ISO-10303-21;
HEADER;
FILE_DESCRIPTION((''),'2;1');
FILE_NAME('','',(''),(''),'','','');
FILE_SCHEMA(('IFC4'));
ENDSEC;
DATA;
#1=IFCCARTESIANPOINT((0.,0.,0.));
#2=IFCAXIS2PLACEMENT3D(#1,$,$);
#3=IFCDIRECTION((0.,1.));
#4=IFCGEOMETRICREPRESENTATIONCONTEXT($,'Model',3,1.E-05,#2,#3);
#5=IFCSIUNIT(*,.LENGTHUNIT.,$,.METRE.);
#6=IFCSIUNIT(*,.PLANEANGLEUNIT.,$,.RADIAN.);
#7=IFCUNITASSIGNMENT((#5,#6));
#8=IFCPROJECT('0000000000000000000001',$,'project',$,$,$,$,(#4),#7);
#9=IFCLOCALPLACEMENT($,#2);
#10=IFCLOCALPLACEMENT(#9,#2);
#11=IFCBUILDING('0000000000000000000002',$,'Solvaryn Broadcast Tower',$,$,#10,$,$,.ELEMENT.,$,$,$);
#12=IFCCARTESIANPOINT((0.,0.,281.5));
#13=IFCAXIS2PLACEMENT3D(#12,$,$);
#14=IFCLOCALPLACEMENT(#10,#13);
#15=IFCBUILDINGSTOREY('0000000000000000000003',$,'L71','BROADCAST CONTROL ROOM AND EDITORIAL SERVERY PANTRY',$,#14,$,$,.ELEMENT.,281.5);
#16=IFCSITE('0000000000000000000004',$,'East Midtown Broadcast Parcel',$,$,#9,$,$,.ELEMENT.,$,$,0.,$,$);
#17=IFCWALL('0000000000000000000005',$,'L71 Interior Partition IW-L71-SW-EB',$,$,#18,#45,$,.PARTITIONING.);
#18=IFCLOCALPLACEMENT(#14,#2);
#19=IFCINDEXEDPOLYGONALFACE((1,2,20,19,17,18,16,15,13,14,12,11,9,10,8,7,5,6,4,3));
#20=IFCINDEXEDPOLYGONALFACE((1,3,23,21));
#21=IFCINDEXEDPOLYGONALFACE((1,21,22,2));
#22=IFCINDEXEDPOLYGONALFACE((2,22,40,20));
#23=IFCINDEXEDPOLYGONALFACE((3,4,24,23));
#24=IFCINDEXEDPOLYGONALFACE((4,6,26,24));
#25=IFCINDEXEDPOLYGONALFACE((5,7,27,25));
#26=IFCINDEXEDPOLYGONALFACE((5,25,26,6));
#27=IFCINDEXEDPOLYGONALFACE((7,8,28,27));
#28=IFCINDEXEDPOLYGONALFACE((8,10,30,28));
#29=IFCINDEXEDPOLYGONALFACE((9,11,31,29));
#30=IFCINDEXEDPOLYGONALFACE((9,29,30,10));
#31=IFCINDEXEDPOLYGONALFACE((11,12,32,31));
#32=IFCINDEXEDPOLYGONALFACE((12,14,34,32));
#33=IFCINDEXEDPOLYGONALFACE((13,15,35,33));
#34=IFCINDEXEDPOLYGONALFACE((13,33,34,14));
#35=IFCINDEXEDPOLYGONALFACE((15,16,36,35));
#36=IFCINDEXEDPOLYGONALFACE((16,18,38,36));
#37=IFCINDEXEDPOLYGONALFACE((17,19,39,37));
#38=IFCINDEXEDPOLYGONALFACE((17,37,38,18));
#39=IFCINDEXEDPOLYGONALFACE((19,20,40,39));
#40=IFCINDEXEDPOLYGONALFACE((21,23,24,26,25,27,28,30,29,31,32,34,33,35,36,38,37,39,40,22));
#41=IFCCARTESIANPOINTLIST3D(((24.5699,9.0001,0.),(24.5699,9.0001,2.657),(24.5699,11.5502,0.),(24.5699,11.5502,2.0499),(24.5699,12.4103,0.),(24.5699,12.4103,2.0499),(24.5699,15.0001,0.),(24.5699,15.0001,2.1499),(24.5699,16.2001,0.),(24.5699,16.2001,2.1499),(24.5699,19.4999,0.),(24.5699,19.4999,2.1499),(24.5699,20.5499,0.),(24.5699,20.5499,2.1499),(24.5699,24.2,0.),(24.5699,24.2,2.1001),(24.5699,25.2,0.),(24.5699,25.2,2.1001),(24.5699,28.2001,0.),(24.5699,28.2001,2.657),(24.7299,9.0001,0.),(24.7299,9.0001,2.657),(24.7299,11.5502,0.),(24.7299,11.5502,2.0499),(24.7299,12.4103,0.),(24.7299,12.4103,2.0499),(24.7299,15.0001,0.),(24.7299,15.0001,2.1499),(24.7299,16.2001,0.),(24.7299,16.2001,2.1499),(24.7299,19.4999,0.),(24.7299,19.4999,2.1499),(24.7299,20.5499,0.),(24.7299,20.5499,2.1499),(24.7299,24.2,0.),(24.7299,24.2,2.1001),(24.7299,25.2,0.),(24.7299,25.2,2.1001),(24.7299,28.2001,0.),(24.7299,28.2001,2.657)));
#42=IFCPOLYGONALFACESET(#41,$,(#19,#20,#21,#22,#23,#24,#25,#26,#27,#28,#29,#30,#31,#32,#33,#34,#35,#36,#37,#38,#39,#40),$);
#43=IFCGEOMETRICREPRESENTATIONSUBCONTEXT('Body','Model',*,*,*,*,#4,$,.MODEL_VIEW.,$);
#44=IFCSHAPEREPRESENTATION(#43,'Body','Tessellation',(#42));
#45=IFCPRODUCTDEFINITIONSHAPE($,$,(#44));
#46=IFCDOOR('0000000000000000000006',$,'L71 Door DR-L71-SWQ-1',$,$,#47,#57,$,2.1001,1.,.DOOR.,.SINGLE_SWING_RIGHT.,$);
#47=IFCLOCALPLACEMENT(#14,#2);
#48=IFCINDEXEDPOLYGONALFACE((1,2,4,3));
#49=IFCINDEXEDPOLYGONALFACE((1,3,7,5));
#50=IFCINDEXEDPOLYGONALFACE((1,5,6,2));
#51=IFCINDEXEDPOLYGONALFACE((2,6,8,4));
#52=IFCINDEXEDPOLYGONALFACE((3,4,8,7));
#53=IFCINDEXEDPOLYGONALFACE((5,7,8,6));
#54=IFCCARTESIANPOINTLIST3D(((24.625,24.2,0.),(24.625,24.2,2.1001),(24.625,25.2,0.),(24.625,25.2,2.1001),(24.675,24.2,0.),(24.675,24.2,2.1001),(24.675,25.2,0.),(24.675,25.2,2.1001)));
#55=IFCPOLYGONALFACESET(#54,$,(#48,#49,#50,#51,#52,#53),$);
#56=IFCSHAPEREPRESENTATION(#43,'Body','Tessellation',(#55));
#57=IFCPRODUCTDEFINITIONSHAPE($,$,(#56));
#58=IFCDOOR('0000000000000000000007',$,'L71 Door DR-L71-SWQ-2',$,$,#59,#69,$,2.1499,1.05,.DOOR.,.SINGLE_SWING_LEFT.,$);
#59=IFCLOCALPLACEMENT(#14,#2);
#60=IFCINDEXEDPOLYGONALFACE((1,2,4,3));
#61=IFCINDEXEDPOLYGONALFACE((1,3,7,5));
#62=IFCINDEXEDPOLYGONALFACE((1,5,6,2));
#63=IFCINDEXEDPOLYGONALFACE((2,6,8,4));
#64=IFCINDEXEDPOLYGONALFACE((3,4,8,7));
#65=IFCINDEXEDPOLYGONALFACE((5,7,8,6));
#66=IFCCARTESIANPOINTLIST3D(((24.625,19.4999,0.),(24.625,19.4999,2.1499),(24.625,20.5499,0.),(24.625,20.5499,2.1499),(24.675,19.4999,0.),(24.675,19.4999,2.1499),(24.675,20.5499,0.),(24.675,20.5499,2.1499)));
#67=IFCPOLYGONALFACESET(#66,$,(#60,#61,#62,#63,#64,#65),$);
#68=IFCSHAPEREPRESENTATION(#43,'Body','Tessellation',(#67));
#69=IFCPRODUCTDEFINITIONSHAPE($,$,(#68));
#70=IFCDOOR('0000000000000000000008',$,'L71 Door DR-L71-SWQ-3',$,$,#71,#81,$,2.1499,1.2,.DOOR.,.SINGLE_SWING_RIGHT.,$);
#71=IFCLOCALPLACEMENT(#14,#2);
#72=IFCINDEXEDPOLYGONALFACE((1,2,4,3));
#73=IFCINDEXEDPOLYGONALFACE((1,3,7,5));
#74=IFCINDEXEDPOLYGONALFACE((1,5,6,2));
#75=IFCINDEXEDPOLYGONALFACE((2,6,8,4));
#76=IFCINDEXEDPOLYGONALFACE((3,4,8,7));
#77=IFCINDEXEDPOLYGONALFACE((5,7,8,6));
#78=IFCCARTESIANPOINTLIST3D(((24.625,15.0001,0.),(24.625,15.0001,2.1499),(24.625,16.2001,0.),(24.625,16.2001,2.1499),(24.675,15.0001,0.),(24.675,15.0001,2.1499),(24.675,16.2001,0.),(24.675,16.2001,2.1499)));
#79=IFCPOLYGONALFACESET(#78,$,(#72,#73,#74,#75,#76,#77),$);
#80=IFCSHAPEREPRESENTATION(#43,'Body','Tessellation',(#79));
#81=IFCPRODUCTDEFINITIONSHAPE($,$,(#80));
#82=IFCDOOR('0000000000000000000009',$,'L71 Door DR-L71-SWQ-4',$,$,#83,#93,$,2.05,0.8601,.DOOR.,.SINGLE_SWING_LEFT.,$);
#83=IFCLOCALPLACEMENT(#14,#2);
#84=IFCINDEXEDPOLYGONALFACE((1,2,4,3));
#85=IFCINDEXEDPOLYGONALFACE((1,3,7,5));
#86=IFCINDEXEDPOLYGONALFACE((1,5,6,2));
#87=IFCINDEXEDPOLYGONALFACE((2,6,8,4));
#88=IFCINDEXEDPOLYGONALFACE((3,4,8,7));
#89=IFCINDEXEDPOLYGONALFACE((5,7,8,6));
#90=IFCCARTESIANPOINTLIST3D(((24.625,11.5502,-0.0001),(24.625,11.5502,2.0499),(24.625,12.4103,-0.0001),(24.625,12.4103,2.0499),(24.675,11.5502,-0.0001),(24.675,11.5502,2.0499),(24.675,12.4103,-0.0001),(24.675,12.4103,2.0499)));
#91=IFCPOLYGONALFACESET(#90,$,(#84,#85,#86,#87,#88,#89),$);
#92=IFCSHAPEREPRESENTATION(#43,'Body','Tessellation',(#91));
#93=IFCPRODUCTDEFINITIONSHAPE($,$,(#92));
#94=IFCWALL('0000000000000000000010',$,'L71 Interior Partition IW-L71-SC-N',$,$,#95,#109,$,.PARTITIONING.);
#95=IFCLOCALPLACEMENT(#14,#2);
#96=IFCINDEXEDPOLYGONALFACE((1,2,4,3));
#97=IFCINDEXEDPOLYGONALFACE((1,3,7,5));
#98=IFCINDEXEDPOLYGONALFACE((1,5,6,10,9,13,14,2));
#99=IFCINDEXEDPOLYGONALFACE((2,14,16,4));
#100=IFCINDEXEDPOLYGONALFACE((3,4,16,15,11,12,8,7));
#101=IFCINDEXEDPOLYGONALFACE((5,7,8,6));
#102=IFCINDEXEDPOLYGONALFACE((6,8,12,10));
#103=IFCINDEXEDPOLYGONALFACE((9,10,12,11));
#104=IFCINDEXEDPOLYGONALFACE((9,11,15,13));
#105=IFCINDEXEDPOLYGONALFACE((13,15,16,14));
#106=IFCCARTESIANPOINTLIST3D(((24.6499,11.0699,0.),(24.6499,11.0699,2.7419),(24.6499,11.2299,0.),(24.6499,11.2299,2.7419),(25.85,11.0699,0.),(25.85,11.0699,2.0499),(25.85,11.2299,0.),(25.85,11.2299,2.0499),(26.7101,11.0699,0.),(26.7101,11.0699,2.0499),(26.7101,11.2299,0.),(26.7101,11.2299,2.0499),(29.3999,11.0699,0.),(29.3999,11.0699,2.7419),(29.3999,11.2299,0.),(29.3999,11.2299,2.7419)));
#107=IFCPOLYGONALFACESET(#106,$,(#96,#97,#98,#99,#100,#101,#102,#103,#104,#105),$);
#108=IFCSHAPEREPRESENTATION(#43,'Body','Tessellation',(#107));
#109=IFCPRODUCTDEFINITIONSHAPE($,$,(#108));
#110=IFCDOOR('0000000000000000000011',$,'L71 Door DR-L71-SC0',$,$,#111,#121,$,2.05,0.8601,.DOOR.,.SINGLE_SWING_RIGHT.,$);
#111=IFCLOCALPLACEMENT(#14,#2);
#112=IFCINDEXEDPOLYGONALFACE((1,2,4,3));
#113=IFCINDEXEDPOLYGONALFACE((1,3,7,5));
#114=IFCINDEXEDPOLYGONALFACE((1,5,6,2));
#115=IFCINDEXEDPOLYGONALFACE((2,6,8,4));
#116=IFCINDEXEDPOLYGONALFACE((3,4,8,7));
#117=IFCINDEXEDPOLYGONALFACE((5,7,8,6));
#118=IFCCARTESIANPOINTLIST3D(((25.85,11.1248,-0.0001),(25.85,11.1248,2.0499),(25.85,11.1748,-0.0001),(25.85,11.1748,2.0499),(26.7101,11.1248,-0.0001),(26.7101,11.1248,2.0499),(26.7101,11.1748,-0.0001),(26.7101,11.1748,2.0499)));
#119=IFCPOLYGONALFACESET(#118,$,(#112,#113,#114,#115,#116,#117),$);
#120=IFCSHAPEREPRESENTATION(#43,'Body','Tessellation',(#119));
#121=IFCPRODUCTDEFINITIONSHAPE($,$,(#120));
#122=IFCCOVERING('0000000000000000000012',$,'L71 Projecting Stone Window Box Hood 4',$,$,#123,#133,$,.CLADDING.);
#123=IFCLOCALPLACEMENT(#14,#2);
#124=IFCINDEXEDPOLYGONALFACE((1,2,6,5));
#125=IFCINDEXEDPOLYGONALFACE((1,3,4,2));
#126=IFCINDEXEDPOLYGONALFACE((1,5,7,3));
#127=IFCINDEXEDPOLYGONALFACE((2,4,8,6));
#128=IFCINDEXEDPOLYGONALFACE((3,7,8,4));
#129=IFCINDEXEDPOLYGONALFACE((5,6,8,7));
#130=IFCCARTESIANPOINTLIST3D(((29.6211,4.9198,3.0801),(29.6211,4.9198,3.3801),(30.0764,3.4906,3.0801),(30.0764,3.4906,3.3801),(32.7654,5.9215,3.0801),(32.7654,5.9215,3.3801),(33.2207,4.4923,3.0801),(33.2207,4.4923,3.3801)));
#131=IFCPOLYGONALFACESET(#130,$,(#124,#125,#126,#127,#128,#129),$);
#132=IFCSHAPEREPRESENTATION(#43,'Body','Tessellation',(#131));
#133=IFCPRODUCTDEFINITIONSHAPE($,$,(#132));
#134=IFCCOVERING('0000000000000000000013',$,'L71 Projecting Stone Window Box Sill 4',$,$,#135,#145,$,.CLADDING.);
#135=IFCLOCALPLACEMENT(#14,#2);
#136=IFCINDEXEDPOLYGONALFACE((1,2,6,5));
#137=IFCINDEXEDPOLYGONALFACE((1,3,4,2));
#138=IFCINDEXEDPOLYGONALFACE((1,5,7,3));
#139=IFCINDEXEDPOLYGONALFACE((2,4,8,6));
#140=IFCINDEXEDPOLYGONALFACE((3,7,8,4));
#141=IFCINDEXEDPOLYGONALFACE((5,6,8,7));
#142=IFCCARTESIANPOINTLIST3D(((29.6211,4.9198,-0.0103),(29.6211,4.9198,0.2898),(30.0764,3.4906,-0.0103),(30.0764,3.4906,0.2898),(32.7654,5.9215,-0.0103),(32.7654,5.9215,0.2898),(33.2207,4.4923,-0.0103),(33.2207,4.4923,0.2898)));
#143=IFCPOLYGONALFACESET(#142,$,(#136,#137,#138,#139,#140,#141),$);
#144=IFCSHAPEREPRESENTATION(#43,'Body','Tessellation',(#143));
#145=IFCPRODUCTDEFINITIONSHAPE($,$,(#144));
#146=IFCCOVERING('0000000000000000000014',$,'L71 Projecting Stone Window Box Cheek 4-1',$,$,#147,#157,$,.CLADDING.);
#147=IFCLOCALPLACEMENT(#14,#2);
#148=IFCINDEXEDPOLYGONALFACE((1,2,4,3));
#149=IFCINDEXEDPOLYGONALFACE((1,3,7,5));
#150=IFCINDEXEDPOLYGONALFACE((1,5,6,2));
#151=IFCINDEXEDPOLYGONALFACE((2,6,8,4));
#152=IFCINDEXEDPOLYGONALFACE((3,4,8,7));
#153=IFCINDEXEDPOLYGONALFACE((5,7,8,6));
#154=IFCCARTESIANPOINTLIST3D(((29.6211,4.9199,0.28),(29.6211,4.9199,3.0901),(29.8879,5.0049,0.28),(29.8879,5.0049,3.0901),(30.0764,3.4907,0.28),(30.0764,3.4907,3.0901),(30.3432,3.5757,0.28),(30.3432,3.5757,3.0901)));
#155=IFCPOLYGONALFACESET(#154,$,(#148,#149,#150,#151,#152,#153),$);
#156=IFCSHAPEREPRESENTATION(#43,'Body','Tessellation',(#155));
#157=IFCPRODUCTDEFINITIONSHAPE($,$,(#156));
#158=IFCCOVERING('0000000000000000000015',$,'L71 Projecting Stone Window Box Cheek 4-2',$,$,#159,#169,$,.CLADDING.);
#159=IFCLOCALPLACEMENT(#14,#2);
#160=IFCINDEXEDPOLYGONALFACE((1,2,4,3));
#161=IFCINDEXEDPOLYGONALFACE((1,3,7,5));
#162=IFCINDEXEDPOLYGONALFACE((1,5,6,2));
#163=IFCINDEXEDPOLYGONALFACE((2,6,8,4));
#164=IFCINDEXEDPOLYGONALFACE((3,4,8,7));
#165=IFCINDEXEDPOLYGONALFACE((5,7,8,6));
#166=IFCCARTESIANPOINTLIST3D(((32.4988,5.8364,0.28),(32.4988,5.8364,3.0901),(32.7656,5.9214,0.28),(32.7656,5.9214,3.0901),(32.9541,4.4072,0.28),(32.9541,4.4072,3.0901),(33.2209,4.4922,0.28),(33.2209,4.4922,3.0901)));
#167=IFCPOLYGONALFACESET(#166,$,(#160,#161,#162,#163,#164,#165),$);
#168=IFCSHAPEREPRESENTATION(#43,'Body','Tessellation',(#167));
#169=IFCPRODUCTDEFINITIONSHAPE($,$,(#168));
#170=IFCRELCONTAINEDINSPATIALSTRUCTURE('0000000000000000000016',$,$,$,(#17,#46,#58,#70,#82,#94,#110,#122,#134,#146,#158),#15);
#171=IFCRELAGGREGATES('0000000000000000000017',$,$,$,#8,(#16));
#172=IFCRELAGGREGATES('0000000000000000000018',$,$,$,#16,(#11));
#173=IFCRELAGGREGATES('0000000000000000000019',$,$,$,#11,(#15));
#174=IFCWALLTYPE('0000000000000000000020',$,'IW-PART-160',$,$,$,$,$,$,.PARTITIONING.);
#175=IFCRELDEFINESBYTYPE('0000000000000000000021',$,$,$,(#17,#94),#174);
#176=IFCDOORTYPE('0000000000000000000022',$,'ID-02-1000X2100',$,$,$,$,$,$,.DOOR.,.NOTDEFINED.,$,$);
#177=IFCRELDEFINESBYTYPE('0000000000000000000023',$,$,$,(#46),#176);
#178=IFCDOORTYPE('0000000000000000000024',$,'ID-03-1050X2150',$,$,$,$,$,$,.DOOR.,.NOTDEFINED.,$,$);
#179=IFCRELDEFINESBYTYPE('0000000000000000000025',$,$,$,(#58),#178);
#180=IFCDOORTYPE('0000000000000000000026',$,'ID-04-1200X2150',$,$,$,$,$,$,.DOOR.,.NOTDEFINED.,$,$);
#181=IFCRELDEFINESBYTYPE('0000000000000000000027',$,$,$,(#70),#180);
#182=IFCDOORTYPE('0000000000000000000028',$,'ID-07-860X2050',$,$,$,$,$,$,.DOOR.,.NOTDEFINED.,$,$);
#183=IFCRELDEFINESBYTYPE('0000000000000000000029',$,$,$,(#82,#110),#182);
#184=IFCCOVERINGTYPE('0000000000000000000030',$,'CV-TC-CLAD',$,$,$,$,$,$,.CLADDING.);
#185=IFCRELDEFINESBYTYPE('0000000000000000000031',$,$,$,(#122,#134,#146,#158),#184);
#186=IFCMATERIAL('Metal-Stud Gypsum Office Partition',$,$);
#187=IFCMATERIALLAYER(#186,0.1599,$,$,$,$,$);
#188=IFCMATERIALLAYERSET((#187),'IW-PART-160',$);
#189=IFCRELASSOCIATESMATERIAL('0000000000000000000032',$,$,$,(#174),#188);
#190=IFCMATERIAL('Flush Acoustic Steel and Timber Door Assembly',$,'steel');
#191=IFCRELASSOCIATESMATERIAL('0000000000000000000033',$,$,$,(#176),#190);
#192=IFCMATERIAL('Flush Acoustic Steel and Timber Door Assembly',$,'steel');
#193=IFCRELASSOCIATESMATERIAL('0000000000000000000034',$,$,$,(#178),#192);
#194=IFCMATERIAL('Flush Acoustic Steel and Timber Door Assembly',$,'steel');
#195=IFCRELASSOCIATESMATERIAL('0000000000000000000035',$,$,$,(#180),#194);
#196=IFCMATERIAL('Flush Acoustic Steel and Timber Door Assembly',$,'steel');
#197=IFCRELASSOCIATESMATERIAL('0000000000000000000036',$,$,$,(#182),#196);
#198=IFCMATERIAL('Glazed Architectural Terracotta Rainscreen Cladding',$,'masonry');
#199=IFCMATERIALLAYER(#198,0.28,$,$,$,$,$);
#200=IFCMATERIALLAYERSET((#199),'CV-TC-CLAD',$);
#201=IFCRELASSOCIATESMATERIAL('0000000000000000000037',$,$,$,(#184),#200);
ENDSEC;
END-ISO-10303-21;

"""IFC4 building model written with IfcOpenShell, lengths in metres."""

from ifc_helpers import new_model, si_unit, direction, frame, frame_2d, origin, origin_2d, place, context, subcontext, project, spatial, rectangle, extrude, material, layer, layer_set, type_object, element, fill, save


model = new_model("IFC4")

# Units and contexts
model_context = context("Model", 3, precision=1e-05, world=origin(), true_north=direction((0.0, 1.0)))
body_context = subcontext(model_context, "Body", "Model", "MODEL_VIEW")
ifc_project = project(units=[si_unit("LENGTHUNIT", "METRE"), si_unit("PLANEANGLEUNIT", "RADIAN")], contexts=[model_context])

# Site, building, storey
site_placement = place(None, origin())
site = spatial("IfcSite", under=ifc_project, at=site_placement, Name="East Midtown Broadcast Parcel", CompositionType="ELEMENT", RefElevation=0.0)
building_placement = place(site_placement, origin())
building = spatial("IfcBuilding", under=site, at=building_placement, Name="Solvaryn Broadcast Tower", CompositionType="ELEMENT")
storey_placement = place(building_placement, frame((0.0, 0.0, 281.5)))
storey = spatial("IfcBuildingStorey", under=building, at=storey_placement, Name="L71", Description="BROADCAST CONTROL ROOM AND EDITORIAL SERVERY PANTRY", CompositionType="ELEMENT", Elevation=281.5)

# Wall, openings, doors
ifc_material_1 = material(Name="Metal-Stud Gypsum Office Partition")
ifc_layer_1 = layer(ifc_material_1, 0.1599)
ifc_layer_set_1 = layer_set([ifc_layer_1], Name="IW-PART-160")
wall_type_1 = type_object("IfcWallType", Name="IW-PART-160", PredefinedType="PARTITIONING", material=ifc_layer_set_1)
wall_1_placement = place(storey_placement, frame((24.6499, 9.0, 0.0), z_axis=(0.0, 0.0, 1.0), x_axis=(0.0, 1.0, 0.0)))
wall_1 = element("IfcWall", 1, at=wall_1_placement, inside=storey, type_object=wall_type_1, Name="L71 Interior Partition IW-L71-SW-EB", PredefinedType="PARTITIONING", context=body_context, shape_type="SweptSolid", body=[
    extrude(rectangle(XDim=19.2, YDim=0.1599, at=frame_2d((9.6001, 0.0))), origin(), (0.0, 0.0, 1.0), 2.657),
])
opening_1_placement = place(wall_1_placement, frame((15.2, 0.0, 0.0)))
opening_1 = element("IfcOpeningElement", 2, at=opening_1_placement, cuts=wall_1, PredefinedType="OPENING", context=body_context, shape_type="SweptSolid", body=[
    extrude(rectangle(XDim=1.0, YDim=2.1001, at=frame_2d((0.5, 1.05))), frame((0.0, 0.0901, 0.0), z_axis=(0.0, -1.0, 0.0), x_axis=(1.0, 0.0, 0.0)), (0.0, 0.0, 1.0), 0.1799),
])
opening_2_placement = place(wall_1_placement, frame((10.5, 0.0, 0.0)))
opening_2 = element("IfcOpeningElement", 3, at=opening_2_placement, cuts=wall_1, PredefinedType="OPENING", context=body_context, shape_type="SweptSolid", body=[
    extrude(rectangle(XDim=1.05, YDim=2.1499, at=frame_2d((0.5249, 1.075))), frame((0.0, 0.0901, 0.0), z_axis=(0.0, -1.0, 0.0), x_axis=(1.0, 0.0, 0.0)), (0.0, 0.0, 1.0), 0.1799),
])
opening_3_placement = place(wall_1_placement, frame((6.0, 0.0, 0.0)))
opening_3 = element("IfcOpeningElement", 4, at=opening_3_placement, cuts=wall_1, PredefinedType="OPENING", context=body_context, shape_type="SweptSolid", body=[
    extrude(rectangle(XDim=1.2, YDim=2.1499, at=frame_2d((0.6001, 1.075))), frame((0.0, 0.0901, 0.0), z_axis=(0.0, -1.0, 0.0), x_axis=(1.0, 0.0, 0.0)), (0.0, 0.0, 1.0), 0.1799),
])
opening_4_placement = place(wall_1_placement, frame((2.55, 0.0, 0.0)))
opening_4 = element("IfcOpeningElement", 5, at=opening_4_placement, cuts=wall_1, PredefinedType="OPENING", context=body_context, shape_type="SweptSolid", body=[
    extrude(rectangle(XDim=0.8601, YDim=2.05, at=frame_2d((0.4302, 1.0249))), frame((0.0, 0.0901, 0.0), z_axis=(0.0, -1.0, 0.0), x_axis=(1.0, 0.0, 0.0)), (0.0, 0.0, 1.0), 0.1799),
])
ifc_material_2 = material(Name="Flush Acoustic Steel and Timber Door Assembly", Category="steel")
door_type_1 = type_object("IfcDoorType", Name="ID-02-1000X2100", OperationType="NOTDEFINED", PredefinedType="DOOR", material=ifc_material_2)
door_1_placement = place(opening_1_placement, origin())
door_1 = element("IfcDoor", 6, at=door_1_placement, inside=storey, type_object=door_type_1, Name="L71 Door DR-L71-SWQ-1", OperationType="SINGLE_SWING_RIGHT", OverallHeight=2.1001, OverallWidth=1.0, PredefinedType="DOOR", context=body_context, shape_type="SweptSolid", body=[
    extrude(rectangle(XDim=1.0, YDim=2.1001, at=frame_2d((0.5, 1.05))), frame((0.0, 0.0249, 0.0), z_axis=(0.0, -1.0, 0.0), x_axis=(1.0, 0.0, 0.0)), (0.0, 0.0, 1.0), 0.05),
])
fill(opening_1, door_1)
ifc_material_3 = material(Name="Flush Acoustic Steel and Timber Door Assembly", Category="steel")
door_type_2 = type_object("IfcDoorType", Name="ID-03-1050X2150", OperationType="NOTDEFINED", PredefinedType="DOOR", material=ifc_material_3)
door_2_placement = place(opening_2_placement, origin())
door_2 = element("IfcDoor", 7, at=door_2_placement, inside=storey, type_object=door_type_2, Name="L71 Door DR-L71-SWQ-2", OperationType="SINGLE_SWING_LEFT", OverallHeight=2.1499, OverallWidth=1.05, PredefinedType="DOOR", context=body_context, shape_type="SweptSolid", body=[
    extrude(rectangle(XDim=1.05, YDim=2.1499, at=frame_2d((0.5249, 1.075))), frame((0.0, 0.0249, 0.0), z_axis=(0.0, -1.0, 0.0), x_axis=(1.0, 0.0, 0.0)), (0.0, 0.0, 1.0), 0.05),
])
fill(opening_2, door_2)
ifc_material_4 = material(Name="Flush Acoustic Steel and Timber Door Assembly", Category="steel")
door_type_3 = type_object("IfcDoorType", Name="ID-04-1200X2150", OperationType="NOTDEFINED", PredefinedType="DOOR", material=ifc_material_4)
door_3_placement = place(opening_3_placement, origin())
door_3 = element("IfcDoor", 8, at=door_3_placement, inside=storey, type_object=door_type_3, Name="L71 Door DR-L71-SWQ-3", OperationType="SINGLE_SWING_RIGHT", OverallHeight=2.1499, OverallWidth=1.2, PredefinedType="DOOR", context=body_context, shape_type="SweptSolid", body=[
    extrude(rectangle(XDim=1.2, YDim=2.1499, at=frame_2d((0.6001, 1.075))), frame((0.0, 0.0249, 0.0), z_axis=(0.0, -1.0, 0.0), x_axis=(1.0, 0.0, 0.0)), (0.0, 0.0, 1.0), 0.05),
])
fill(opening_3, door_3)
ifc_material_5 = material(Name="Flush Acoustic Steel and Timber Door Assembly", Category="steel")
door_type_4 = type_object("IfcDoorType", Name="ID-07-860X2050", OperationType="NOTDEFINED", PredefinedType="DOOR", material=ifc_material_5)
door_4_placement = place(opening_4_placement, origin())
door_4 = element("IfcDoor", 9, at=door_4_placement, inside=storey, type_object=door_type_4, Name="L71 Door DR-L71-SWQ-4", OperationType="SINGLE_SWING_LEFT", OverallHeight=2.05, OverallWidth=0.8601, PredefinedType="DOOR", context=body_context, shape_type="SweptSolid", body=[
    extrude(rectangle(XDim=0.8601, YDim=2.05, at=frame_2d((0.4302, 1.0249))), frame((0.0, 0.0249, 0.0), z_axis=(0.0, -1.0, 0.0), x_axis=(1.0, 0.0, 0.0)), (0.0, 0.0, 1.0), 0.05),
])
fill(opening_4, door_4)

# Wall, opening, door
wall_2_placement = place(storey_placement, frame((24.6499, 11.1499, 0.0), z_axis=(0.0, 0.0, 1.0), x_axis=(1.0, 0.0, 0.0)))
wall_2 = element("IfcWall", 10, at=wall_2_placement, inside=storey, type_object=wall_type_1, Name="L71 Interior Partition IW-L71-SC-N", PredefinedType="PARTITIONING", context=body_context, shape_type="SweptSolid", body=[
    extrude(rectangle(XDim=4.75, YDim=0.1599, at=frame_2d((2.375, 0.0))), origin(), (0.0, 0.0, 1.0), 2.7419),
])
opening_5_placement = place(wall_2_placement, frame((1.2, 0.0, 0.0)))
opening_5 = element("IfcOpeningElement", 11, at=opening_5_placement, cuts=wall_2, PredefinedType="OPENING", context=body_context, shape_type="SweptSolid", body=[
    extrude(rectangle(XDim=0.8601, YDim=2.05, at=frame_2d((0.4302, 1.0249))), frame((0.0, 0.0901, 0.0), z_axis=(0.0, -1.0, 0.0), x_axis=(1.0, 0.0, 0.0)), (0.0, 0.0, 1.0), 0.1799),
])
door_5_placement = place(opening_5_placement, origin())
door_5 = element("IfcDoor", 12, at=door_5_placement, inside=storey, type_object=door_type_4, Name="L71 Door DR-L71-SC0", OperationType="SINGLE_SWING_RIGHT", OverallHeight=2.05, OverallWidth=0.8601, PredefinedType="DOOR", context=body_context, shape_type="SweptSolid", body=[
    extrude(rectangle(XDim=0.8601, YDim=2.05, at=frame_2d((0.4302, 1.0249))), frame((0.0, 0.0249, 0.0), z_axis=(0.0, -1.0, 0.0), x_axis=(1.0, 0.0, 0.0)), (0.0, 0.0, 1.0), 0.05),
])
fill(opening_5, door_5)

# Coverings
ifc_material_6 = material(Name="Glazed Architectural Terracotta Rainscreen Cladding", Category="masonry")
ifc_layer_2 = layer(ifc_material_6, 0.28)
ifc_layer_set_2 = layer_set([ifc_layer_2], Name="CV-TC-CLAD")
covering_type_1 = type_object("IfcCoveringType", Name="CV-TC-CLAD", PredefinedType="CLADDING", material=ifc_layer_set_2)
for number, where, z_axis, x_axis, name in (
    (13, (31.4209, 4.7061, 3.0801), (0.0, 0.0, 1.0), (0.952821, 0.303534, 0.0), "L71 Projecting Stone Window Box Hood 4"),
    (14, (31.4209, 4.7061, -0.0103), (0.0, 0.0, 1.0), (0.952821, 0.303534, 0.0), "L71 Projecting Stone Window Box Sill 4"),
):
    element("IfcCovering", number, at=place(storey_placement, frame(where, z_axis=z_axis, x_axis=x_axis)), inside=storey, type_object=covering_type_1, Name=name, PredefinedType="CLADDING", context=body_context, shape_type="SweptSolid", body=[
        extrude(rectangle(XDim=3.3, YDim=1.5, at=origin_2d()), origin(), (0.0, 0.0, 1.0), 0.3),
    ])
for number, where, z_axis, x_axis, name in (
    (15, (29.9822, 4.2478, 0.28), (0.0, 0.0, 1.0), (0.952821, 0.303534, 0.0), "L71 Projecting Stone Window Box Cheek 4-1"),
    (16, (32.8599, 5.1643, 0.28), (0.0, 0.0, 1.0), (0.952821, 0.303534, 0.0), "L71 Projecting Stone Window Box Cheek 4-2"),
):
    element("IfcCovering", number, at=place(storey_placement, frame(where, z_axis=z_axis, x_axis=x_axis)), inside=storey, type_object=covering_type_1, Name=name, PredefinedType="CLADDING", context=body_context, shape_type="SweptSolid", body=[
        extrude(rectangle(XDim=0.28, YDim=1.5, at=origin_2d()), origin(), (0.0, 0.0, 1.0), 2.8101),
    ])

save(model, "model.ifc")
